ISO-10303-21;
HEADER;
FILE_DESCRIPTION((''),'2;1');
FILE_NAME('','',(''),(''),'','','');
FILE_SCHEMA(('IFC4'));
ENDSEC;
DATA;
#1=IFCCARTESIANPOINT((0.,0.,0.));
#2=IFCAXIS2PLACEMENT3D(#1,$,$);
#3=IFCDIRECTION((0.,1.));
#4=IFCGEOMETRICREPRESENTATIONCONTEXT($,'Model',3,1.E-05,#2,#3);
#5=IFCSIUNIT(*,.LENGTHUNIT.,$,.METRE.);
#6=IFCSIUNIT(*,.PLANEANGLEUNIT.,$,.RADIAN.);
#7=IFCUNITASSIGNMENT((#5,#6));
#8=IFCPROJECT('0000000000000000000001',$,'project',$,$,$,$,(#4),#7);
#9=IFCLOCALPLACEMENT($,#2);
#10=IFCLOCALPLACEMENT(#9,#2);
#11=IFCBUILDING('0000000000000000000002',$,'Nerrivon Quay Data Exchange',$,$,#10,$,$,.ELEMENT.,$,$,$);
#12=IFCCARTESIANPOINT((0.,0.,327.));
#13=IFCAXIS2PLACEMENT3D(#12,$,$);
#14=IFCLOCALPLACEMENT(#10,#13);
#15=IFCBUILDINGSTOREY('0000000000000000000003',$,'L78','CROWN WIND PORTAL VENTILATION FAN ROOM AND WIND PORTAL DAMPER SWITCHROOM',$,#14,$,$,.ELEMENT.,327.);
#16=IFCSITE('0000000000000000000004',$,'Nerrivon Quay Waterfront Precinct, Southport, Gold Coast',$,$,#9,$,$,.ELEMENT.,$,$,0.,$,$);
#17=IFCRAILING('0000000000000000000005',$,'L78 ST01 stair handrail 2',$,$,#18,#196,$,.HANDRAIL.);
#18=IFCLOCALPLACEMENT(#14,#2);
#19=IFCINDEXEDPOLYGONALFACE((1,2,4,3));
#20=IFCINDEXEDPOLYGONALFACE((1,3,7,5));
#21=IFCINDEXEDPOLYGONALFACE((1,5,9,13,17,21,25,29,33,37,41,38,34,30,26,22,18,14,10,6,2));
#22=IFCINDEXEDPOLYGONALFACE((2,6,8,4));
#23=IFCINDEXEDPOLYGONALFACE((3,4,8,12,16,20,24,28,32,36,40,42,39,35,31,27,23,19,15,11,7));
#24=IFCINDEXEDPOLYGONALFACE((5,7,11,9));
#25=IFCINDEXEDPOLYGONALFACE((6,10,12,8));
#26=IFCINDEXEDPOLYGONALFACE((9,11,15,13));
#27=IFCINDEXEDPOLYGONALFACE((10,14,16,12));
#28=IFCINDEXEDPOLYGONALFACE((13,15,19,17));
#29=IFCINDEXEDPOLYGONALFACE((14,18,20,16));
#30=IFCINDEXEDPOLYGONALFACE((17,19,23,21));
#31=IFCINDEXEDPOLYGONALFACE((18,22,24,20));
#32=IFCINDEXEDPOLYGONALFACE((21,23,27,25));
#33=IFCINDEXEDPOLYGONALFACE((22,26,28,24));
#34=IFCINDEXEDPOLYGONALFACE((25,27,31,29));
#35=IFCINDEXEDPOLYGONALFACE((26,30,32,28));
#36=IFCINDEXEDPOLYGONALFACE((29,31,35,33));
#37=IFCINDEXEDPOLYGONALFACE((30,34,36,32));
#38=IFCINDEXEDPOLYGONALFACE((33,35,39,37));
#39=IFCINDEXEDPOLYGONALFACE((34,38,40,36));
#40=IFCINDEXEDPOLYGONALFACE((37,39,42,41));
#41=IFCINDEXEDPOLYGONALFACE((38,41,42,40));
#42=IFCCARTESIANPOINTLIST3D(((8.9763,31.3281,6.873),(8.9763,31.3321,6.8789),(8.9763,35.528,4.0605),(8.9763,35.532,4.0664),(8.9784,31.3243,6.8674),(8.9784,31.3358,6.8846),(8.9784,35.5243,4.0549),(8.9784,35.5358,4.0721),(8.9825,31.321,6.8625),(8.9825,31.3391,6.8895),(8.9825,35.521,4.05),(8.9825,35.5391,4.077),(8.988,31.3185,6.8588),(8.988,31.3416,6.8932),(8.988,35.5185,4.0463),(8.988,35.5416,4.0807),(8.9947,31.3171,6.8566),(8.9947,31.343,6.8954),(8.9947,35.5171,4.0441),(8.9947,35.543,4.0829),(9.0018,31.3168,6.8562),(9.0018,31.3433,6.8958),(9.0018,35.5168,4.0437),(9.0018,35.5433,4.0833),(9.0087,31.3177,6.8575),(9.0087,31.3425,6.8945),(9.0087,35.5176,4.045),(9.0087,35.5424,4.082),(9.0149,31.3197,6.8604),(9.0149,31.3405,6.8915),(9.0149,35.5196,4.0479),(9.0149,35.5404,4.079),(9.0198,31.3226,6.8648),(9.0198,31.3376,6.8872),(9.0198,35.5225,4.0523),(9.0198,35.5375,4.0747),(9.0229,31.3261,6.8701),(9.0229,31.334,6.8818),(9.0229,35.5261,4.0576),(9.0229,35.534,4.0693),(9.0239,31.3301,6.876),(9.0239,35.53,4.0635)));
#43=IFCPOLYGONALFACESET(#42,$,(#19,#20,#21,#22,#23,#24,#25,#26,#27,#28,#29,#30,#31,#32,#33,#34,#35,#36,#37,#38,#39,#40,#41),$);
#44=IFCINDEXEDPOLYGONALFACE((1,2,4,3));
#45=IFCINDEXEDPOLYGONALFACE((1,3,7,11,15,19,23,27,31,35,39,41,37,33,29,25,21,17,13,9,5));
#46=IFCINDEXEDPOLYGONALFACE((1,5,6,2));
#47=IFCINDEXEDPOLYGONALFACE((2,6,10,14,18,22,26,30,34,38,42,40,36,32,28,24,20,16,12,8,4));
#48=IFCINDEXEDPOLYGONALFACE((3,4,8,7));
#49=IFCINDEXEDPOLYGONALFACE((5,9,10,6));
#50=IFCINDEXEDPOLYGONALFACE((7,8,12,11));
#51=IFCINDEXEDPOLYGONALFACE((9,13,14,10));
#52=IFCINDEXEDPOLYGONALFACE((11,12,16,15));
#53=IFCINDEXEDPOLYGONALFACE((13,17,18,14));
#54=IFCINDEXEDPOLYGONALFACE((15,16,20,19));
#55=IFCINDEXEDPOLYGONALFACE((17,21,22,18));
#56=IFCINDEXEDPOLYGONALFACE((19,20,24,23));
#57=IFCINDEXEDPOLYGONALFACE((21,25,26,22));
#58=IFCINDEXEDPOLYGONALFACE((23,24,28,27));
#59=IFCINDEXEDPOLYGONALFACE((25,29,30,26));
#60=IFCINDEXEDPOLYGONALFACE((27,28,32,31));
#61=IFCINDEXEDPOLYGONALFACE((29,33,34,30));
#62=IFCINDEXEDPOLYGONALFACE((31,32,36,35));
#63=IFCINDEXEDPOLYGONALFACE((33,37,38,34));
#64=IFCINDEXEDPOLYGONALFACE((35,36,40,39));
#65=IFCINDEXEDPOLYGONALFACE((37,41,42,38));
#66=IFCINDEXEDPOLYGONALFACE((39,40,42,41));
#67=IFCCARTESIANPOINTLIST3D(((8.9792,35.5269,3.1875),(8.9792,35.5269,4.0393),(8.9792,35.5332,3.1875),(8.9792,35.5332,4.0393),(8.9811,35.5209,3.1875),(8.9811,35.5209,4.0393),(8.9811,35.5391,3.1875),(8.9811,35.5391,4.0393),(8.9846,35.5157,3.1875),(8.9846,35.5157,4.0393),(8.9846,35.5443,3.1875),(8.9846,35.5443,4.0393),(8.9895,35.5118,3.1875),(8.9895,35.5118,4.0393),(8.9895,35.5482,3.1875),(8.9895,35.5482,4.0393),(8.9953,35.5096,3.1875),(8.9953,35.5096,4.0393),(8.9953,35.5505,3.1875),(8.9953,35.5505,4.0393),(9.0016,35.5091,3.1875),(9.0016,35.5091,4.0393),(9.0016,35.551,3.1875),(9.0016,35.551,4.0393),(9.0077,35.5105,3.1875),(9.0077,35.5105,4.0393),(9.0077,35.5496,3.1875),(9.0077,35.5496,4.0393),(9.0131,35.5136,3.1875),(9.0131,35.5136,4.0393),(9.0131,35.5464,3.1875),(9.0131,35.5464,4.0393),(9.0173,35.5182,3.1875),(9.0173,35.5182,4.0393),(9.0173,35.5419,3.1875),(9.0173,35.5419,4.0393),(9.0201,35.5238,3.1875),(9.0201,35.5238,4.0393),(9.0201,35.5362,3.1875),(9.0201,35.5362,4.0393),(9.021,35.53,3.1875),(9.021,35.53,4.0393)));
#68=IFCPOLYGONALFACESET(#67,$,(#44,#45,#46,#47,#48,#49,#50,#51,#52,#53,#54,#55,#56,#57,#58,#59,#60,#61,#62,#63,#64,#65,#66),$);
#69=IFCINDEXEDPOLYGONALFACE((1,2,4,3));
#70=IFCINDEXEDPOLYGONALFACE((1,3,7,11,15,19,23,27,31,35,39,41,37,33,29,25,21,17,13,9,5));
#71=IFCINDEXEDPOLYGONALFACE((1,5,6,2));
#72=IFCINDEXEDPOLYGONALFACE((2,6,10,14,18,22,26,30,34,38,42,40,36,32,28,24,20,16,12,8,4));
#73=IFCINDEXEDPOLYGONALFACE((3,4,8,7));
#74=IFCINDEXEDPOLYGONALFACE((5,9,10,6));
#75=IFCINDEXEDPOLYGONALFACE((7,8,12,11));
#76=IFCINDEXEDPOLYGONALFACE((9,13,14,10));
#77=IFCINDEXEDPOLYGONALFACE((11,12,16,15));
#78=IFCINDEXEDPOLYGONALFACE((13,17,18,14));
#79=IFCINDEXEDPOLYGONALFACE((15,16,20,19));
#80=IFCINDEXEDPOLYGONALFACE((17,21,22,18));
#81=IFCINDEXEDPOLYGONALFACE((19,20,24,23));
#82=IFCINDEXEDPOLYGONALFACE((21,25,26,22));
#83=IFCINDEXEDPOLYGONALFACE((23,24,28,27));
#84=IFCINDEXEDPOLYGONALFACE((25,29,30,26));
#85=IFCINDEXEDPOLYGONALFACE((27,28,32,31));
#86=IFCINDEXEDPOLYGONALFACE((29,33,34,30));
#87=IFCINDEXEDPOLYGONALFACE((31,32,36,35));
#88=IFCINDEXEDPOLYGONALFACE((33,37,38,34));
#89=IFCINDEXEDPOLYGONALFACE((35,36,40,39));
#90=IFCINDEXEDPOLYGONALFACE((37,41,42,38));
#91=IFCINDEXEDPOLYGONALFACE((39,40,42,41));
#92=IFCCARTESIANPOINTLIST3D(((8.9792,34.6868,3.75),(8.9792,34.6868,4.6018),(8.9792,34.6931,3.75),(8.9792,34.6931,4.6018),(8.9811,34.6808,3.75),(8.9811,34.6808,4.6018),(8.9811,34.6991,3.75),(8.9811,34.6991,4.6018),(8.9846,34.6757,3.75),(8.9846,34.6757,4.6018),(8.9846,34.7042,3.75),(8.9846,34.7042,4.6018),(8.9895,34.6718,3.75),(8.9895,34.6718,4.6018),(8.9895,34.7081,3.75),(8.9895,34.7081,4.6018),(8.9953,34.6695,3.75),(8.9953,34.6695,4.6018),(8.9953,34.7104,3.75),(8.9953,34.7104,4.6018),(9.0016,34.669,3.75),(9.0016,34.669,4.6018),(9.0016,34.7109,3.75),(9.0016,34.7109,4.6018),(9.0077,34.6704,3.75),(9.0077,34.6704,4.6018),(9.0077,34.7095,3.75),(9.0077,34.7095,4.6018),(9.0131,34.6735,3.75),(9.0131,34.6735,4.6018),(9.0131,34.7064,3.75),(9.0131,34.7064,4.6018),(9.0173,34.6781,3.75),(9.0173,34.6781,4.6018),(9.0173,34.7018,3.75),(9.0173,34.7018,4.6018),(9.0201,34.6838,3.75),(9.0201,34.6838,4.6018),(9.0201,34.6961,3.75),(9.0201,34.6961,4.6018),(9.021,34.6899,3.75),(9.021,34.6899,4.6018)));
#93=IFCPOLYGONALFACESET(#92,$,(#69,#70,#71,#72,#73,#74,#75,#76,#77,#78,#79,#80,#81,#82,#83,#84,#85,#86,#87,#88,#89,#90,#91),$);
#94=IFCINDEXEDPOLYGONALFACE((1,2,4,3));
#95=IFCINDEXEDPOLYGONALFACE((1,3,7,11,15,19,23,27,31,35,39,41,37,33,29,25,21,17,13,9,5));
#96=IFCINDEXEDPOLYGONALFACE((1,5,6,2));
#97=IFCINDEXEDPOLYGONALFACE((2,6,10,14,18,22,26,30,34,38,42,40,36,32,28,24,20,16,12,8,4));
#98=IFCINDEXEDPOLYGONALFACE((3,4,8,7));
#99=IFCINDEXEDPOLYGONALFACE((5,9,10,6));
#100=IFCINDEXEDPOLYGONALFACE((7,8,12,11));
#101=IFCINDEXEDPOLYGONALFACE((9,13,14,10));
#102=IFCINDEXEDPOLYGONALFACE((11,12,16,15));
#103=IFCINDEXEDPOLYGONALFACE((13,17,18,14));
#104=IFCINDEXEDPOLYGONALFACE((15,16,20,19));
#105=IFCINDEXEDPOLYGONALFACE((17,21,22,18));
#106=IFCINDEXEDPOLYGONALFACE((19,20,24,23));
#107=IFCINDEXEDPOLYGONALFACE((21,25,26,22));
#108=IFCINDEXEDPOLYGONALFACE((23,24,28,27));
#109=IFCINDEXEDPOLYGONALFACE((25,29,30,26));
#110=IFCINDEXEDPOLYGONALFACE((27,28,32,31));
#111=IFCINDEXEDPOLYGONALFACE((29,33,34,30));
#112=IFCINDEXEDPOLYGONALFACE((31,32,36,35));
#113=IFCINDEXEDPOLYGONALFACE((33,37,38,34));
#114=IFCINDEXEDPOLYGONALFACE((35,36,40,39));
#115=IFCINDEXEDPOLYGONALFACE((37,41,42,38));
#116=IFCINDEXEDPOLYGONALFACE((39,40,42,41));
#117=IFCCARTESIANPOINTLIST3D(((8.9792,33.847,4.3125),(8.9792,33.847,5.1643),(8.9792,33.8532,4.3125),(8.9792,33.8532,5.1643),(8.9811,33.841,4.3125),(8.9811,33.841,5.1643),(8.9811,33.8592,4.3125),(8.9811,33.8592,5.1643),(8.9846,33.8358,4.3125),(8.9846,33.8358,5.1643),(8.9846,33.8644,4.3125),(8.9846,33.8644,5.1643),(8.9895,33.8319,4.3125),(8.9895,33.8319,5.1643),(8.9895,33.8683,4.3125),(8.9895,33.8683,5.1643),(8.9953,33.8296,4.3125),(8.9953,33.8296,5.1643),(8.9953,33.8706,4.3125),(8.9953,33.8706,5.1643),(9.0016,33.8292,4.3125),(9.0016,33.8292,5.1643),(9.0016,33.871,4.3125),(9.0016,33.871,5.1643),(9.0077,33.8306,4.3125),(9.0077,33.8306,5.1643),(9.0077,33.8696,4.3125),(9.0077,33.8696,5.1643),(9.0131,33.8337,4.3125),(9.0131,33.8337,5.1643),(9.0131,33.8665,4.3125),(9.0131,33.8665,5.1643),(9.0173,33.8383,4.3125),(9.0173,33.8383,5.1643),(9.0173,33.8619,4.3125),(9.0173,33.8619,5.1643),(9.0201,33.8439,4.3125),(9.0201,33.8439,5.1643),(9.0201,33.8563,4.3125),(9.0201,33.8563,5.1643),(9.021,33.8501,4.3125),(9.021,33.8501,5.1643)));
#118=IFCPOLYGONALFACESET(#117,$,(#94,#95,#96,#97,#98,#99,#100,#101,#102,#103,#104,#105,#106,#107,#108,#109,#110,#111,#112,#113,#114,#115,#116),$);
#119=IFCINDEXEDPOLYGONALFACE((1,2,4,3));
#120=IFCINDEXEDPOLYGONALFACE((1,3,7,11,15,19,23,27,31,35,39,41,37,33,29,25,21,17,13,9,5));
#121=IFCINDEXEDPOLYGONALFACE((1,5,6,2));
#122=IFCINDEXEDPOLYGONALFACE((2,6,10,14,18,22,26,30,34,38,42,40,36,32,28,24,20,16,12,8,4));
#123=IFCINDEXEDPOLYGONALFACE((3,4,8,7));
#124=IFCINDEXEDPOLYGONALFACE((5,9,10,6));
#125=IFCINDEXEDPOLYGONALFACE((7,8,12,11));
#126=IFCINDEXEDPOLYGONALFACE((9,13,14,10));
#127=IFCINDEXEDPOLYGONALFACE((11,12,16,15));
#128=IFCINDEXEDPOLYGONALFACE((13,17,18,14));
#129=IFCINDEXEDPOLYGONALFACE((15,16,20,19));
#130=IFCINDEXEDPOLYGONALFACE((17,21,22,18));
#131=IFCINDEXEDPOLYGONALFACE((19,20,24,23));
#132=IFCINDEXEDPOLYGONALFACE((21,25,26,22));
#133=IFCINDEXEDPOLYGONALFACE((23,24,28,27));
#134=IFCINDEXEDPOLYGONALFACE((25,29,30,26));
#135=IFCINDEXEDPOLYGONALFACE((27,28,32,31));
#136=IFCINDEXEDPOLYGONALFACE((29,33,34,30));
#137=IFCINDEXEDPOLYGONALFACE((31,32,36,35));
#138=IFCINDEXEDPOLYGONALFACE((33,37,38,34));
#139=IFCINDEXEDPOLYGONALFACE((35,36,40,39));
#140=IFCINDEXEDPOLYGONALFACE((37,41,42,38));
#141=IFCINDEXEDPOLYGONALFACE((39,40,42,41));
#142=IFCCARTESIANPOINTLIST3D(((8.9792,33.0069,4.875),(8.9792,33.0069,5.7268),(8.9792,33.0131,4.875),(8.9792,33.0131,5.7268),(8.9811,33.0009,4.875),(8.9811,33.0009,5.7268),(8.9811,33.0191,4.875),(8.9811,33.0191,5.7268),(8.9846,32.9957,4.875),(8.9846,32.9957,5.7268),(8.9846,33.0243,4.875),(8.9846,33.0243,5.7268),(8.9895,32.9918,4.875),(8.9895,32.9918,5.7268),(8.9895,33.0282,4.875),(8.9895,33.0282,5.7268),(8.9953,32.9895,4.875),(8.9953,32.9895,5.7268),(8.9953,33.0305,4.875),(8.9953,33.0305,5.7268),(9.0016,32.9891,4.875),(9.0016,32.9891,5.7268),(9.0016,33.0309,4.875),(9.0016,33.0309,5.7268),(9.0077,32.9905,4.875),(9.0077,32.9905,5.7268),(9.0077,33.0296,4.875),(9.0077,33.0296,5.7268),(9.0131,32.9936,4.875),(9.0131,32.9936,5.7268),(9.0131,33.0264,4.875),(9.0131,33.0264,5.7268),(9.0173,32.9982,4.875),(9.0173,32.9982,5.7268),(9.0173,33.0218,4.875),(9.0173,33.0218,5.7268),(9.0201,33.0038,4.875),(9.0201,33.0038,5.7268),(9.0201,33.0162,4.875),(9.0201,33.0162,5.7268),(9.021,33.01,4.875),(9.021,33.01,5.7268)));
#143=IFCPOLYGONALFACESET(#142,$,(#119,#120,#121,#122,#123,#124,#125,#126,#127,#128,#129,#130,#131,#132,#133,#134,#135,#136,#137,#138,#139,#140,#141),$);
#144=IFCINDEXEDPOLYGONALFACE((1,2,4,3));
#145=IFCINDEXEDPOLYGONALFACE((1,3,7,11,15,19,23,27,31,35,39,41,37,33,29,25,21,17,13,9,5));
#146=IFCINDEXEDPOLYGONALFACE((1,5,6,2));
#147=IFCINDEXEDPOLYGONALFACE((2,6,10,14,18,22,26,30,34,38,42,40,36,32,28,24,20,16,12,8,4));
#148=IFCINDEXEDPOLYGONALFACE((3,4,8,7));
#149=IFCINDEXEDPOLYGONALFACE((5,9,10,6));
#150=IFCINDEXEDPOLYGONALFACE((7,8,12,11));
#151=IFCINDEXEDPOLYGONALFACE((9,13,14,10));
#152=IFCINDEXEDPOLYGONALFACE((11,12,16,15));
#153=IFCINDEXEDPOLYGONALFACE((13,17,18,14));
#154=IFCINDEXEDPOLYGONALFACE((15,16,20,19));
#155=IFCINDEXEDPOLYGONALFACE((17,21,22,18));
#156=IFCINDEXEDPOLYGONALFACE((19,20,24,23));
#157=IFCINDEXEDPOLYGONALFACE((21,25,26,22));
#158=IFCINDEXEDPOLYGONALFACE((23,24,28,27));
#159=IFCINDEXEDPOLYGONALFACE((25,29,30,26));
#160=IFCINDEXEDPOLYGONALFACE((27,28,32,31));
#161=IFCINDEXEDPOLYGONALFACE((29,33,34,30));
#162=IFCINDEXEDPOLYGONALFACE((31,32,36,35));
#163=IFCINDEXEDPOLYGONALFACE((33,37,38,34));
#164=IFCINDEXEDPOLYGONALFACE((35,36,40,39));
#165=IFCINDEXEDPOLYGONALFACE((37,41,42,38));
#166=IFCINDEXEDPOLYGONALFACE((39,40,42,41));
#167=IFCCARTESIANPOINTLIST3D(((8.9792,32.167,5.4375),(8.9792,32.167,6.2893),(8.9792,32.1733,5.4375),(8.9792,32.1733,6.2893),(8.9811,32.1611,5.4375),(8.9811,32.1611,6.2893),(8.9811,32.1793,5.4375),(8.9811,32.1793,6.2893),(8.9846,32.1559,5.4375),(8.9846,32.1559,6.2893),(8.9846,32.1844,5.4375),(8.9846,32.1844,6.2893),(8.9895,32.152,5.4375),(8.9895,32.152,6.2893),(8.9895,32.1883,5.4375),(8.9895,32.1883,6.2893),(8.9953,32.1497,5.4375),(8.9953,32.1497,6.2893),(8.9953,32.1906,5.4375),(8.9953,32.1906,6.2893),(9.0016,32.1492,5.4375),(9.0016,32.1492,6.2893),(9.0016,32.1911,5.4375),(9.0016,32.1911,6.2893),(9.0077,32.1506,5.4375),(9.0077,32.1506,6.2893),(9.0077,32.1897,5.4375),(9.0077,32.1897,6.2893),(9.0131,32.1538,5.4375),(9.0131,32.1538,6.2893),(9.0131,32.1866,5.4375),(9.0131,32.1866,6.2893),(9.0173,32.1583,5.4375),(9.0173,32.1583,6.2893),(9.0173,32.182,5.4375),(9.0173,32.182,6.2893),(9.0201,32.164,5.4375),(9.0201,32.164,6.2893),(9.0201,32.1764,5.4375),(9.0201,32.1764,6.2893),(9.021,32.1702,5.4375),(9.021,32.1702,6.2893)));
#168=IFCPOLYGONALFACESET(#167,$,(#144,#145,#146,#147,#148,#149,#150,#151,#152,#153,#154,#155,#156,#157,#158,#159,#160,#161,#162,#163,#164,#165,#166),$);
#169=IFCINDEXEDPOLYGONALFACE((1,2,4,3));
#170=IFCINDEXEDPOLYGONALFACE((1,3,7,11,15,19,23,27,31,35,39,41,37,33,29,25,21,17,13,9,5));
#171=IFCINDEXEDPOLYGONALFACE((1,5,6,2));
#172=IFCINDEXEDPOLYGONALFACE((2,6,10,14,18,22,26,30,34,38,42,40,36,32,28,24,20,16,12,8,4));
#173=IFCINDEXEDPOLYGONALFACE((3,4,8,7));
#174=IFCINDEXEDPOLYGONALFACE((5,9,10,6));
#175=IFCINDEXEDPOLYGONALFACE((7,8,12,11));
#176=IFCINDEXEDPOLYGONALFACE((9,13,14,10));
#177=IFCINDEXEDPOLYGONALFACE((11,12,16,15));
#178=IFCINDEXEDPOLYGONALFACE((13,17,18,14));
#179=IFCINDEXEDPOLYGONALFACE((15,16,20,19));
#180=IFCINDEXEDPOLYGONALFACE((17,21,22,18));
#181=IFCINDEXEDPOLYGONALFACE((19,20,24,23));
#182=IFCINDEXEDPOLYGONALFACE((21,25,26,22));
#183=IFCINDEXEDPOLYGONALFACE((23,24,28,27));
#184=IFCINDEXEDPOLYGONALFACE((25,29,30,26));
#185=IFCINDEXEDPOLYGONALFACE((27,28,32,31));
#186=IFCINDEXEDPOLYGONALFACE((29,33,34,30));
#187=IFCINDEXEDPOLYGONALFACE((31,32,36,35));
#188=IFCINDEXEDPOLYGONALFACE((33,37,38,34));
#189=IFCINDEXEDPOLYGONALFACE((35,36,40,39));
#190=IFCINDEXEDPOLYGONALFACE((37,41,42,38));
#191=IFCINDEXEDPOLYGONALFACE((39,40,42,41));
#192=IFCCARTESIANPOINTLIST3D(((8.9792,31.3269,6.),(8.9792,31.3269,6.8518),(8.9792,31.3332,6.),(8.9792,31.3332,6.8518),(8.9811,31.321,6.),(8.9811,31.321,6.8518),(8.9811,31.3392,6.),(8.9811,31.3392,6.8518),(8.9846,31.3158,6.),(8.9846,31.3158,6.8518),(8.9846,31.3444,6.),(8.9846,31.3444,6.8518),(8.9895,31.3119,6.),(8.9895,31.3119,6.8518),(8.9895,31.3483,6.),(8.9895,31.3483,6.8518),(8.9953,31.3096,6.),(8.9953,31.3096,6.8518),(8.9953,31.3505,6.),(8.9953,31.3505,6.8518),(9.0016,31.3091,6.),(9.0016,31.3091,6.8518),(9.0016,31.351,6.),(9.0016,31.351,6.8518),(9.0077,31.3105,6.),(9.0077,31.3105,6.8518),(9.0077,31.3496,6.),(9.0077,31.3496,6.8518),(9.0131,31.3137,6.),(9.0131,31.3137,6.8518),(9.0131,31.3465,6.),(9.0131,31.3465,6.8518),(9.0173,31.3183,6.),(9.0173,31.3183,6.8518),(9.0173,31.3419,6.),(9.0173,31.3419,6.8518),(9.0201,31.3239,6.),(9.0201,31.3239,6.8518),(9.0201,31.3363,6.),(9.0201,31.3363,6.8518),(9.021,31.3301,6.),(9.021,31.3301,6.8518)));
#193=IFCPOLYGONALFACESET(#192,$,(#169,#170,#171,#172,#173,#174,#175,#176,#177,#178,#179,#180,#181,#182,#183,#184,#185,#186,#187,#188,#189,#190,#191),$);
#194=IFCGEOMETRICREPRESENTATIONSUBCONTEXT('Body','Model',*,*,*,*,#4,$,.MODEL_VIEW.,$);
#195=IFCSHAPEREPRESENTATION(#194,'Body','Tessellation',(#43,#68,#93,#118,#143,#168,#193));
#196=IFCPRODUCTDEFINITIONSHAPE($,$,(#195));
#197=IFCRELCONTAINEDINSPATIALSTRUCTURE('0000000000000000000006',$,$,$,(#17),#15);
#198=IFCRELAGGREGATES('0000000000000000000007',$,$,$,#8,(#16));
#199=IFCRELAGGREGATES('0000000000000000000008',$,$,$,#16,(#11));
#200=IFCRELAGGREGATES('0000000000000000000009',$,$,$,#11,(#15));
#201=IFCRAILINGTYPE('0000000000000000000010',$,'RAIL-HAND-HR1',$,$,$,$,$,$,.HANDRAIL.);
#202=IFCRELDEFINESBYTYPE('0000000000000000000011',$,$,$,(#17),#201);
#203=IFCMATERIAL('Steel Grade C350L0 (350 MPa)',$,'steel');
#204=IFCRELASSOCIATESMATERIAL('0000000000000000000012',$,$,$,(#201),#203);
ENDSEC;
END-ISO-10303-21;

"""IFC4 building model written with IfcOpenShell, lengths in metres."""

from ifc_helpers import new_model, si_unit, direction, frame, origin, origin_2d, place, context, subcontext, project, spatial, circle, extrude, material, type_object, element, save


model = new_model("IFC4")

# Units and contexts
model_context = context("Model", 3, precision=1e-05, world=origin(), true_north=direction((0.0, 1.0)))
body_context = subcontext(model_context, "Body", "Model", "MODEL_VIEW")
ifc_project = project(units=[si_unit("LENGTHUNIT", "METRE"), si_unit("PLANEANGLEUNIT", "RADIAN")], contexts=[model_context])

# Site, building, storey
site_placement = place(None, origin())
site = spatial("IfcSite", under=ifc_project, at=site_placement, Name="Nerrivon Quay Waterfront Precinct, Southport, Gold Coast", CompositionType="ELEMENT", RefElevation=0.0)
building_placement = place(site_placement, origin())
building = spatial("IfcBuilding", under=site, at=building_placement, Name="Nerrivon Quay Data Exchange", CompositionType="ELEMENT")
storey_placement = place(building_placement, frame((0.0, 0.0, 327.0)))
storey = spatial("IfcBuildingStorey", under=building, at=storey_placement, Name="L78", Description="CROWN WIND PORTAL VENTILATION FAN ROOM AND WIND PORTAL DAMPER SWITCHROOM", CompositionType="ELEMENT", Elevation=327.0)

# Shared definitions
ifc_material_1 = material(Name="Steel Grade C350L0 (350 MPa)", Category="steel")

# Railing
railing_type_1 = type_object("IfcRailingType", Name="RAIL-HAND-HR1", PredefinedType="HANDRAIL", material=ifc_material_1)
railing_1_placement = place(storey_placement, frame((9.0, 35.53, 3.1875)))
element("IfcRailing", 1, at=railing_1_placement, inside=storey, type_object=railing_type_1, Name="L78 ST01 stair handrail 2", PredefinedType="HANDRAIL", context=body_context, shape_type="SweptSolid", body=[
    extrude(circle(Radius=0.0239, at=origin_2d()), frame((0.0, 0.0, 0.876), z_axis=(0.0, -0.830904, 0.556416), x_axis=(1.0, 0.0, 0.0)), (0.0, 0.0, 1.0), 5.0547),
    extrude(circle(Radius=0.021, at=origin_2d()), origin(), (0.0, 0.0, 1.0), 0.8518),
    extrude(circle(Radius=0.021, at=origin_2d()), frame((0.0, -0.8401, 0.5625)), (0.0, 0.0, 1.0), 0.8518),
    extrude(circle(Radius=0.021, at=origin_2d()), frame((0.0, -1.6799, 1.125)), (0.0, 0.0, 1.0), 0.8518),
    extrude(circle(Radius=0.021, at=origin_2d()), frame((0.0, -2.52, 1.6875)), (0.0, 0.0, 1.0), 0.8518),
    extrude(circle(Radius=0.021, at=origin_2d()), frame((0.0, -3.3599, 2.25)), (0.0, 0.0, 1.0), 0.8518),
    extrude(circle(Radius=0.021, at=origin_2d()), frame((0.0, -4.2, 2.8125)), (0.0, 0.0, 1.0), 0.8518),
])

save(model, "model.ifc")
